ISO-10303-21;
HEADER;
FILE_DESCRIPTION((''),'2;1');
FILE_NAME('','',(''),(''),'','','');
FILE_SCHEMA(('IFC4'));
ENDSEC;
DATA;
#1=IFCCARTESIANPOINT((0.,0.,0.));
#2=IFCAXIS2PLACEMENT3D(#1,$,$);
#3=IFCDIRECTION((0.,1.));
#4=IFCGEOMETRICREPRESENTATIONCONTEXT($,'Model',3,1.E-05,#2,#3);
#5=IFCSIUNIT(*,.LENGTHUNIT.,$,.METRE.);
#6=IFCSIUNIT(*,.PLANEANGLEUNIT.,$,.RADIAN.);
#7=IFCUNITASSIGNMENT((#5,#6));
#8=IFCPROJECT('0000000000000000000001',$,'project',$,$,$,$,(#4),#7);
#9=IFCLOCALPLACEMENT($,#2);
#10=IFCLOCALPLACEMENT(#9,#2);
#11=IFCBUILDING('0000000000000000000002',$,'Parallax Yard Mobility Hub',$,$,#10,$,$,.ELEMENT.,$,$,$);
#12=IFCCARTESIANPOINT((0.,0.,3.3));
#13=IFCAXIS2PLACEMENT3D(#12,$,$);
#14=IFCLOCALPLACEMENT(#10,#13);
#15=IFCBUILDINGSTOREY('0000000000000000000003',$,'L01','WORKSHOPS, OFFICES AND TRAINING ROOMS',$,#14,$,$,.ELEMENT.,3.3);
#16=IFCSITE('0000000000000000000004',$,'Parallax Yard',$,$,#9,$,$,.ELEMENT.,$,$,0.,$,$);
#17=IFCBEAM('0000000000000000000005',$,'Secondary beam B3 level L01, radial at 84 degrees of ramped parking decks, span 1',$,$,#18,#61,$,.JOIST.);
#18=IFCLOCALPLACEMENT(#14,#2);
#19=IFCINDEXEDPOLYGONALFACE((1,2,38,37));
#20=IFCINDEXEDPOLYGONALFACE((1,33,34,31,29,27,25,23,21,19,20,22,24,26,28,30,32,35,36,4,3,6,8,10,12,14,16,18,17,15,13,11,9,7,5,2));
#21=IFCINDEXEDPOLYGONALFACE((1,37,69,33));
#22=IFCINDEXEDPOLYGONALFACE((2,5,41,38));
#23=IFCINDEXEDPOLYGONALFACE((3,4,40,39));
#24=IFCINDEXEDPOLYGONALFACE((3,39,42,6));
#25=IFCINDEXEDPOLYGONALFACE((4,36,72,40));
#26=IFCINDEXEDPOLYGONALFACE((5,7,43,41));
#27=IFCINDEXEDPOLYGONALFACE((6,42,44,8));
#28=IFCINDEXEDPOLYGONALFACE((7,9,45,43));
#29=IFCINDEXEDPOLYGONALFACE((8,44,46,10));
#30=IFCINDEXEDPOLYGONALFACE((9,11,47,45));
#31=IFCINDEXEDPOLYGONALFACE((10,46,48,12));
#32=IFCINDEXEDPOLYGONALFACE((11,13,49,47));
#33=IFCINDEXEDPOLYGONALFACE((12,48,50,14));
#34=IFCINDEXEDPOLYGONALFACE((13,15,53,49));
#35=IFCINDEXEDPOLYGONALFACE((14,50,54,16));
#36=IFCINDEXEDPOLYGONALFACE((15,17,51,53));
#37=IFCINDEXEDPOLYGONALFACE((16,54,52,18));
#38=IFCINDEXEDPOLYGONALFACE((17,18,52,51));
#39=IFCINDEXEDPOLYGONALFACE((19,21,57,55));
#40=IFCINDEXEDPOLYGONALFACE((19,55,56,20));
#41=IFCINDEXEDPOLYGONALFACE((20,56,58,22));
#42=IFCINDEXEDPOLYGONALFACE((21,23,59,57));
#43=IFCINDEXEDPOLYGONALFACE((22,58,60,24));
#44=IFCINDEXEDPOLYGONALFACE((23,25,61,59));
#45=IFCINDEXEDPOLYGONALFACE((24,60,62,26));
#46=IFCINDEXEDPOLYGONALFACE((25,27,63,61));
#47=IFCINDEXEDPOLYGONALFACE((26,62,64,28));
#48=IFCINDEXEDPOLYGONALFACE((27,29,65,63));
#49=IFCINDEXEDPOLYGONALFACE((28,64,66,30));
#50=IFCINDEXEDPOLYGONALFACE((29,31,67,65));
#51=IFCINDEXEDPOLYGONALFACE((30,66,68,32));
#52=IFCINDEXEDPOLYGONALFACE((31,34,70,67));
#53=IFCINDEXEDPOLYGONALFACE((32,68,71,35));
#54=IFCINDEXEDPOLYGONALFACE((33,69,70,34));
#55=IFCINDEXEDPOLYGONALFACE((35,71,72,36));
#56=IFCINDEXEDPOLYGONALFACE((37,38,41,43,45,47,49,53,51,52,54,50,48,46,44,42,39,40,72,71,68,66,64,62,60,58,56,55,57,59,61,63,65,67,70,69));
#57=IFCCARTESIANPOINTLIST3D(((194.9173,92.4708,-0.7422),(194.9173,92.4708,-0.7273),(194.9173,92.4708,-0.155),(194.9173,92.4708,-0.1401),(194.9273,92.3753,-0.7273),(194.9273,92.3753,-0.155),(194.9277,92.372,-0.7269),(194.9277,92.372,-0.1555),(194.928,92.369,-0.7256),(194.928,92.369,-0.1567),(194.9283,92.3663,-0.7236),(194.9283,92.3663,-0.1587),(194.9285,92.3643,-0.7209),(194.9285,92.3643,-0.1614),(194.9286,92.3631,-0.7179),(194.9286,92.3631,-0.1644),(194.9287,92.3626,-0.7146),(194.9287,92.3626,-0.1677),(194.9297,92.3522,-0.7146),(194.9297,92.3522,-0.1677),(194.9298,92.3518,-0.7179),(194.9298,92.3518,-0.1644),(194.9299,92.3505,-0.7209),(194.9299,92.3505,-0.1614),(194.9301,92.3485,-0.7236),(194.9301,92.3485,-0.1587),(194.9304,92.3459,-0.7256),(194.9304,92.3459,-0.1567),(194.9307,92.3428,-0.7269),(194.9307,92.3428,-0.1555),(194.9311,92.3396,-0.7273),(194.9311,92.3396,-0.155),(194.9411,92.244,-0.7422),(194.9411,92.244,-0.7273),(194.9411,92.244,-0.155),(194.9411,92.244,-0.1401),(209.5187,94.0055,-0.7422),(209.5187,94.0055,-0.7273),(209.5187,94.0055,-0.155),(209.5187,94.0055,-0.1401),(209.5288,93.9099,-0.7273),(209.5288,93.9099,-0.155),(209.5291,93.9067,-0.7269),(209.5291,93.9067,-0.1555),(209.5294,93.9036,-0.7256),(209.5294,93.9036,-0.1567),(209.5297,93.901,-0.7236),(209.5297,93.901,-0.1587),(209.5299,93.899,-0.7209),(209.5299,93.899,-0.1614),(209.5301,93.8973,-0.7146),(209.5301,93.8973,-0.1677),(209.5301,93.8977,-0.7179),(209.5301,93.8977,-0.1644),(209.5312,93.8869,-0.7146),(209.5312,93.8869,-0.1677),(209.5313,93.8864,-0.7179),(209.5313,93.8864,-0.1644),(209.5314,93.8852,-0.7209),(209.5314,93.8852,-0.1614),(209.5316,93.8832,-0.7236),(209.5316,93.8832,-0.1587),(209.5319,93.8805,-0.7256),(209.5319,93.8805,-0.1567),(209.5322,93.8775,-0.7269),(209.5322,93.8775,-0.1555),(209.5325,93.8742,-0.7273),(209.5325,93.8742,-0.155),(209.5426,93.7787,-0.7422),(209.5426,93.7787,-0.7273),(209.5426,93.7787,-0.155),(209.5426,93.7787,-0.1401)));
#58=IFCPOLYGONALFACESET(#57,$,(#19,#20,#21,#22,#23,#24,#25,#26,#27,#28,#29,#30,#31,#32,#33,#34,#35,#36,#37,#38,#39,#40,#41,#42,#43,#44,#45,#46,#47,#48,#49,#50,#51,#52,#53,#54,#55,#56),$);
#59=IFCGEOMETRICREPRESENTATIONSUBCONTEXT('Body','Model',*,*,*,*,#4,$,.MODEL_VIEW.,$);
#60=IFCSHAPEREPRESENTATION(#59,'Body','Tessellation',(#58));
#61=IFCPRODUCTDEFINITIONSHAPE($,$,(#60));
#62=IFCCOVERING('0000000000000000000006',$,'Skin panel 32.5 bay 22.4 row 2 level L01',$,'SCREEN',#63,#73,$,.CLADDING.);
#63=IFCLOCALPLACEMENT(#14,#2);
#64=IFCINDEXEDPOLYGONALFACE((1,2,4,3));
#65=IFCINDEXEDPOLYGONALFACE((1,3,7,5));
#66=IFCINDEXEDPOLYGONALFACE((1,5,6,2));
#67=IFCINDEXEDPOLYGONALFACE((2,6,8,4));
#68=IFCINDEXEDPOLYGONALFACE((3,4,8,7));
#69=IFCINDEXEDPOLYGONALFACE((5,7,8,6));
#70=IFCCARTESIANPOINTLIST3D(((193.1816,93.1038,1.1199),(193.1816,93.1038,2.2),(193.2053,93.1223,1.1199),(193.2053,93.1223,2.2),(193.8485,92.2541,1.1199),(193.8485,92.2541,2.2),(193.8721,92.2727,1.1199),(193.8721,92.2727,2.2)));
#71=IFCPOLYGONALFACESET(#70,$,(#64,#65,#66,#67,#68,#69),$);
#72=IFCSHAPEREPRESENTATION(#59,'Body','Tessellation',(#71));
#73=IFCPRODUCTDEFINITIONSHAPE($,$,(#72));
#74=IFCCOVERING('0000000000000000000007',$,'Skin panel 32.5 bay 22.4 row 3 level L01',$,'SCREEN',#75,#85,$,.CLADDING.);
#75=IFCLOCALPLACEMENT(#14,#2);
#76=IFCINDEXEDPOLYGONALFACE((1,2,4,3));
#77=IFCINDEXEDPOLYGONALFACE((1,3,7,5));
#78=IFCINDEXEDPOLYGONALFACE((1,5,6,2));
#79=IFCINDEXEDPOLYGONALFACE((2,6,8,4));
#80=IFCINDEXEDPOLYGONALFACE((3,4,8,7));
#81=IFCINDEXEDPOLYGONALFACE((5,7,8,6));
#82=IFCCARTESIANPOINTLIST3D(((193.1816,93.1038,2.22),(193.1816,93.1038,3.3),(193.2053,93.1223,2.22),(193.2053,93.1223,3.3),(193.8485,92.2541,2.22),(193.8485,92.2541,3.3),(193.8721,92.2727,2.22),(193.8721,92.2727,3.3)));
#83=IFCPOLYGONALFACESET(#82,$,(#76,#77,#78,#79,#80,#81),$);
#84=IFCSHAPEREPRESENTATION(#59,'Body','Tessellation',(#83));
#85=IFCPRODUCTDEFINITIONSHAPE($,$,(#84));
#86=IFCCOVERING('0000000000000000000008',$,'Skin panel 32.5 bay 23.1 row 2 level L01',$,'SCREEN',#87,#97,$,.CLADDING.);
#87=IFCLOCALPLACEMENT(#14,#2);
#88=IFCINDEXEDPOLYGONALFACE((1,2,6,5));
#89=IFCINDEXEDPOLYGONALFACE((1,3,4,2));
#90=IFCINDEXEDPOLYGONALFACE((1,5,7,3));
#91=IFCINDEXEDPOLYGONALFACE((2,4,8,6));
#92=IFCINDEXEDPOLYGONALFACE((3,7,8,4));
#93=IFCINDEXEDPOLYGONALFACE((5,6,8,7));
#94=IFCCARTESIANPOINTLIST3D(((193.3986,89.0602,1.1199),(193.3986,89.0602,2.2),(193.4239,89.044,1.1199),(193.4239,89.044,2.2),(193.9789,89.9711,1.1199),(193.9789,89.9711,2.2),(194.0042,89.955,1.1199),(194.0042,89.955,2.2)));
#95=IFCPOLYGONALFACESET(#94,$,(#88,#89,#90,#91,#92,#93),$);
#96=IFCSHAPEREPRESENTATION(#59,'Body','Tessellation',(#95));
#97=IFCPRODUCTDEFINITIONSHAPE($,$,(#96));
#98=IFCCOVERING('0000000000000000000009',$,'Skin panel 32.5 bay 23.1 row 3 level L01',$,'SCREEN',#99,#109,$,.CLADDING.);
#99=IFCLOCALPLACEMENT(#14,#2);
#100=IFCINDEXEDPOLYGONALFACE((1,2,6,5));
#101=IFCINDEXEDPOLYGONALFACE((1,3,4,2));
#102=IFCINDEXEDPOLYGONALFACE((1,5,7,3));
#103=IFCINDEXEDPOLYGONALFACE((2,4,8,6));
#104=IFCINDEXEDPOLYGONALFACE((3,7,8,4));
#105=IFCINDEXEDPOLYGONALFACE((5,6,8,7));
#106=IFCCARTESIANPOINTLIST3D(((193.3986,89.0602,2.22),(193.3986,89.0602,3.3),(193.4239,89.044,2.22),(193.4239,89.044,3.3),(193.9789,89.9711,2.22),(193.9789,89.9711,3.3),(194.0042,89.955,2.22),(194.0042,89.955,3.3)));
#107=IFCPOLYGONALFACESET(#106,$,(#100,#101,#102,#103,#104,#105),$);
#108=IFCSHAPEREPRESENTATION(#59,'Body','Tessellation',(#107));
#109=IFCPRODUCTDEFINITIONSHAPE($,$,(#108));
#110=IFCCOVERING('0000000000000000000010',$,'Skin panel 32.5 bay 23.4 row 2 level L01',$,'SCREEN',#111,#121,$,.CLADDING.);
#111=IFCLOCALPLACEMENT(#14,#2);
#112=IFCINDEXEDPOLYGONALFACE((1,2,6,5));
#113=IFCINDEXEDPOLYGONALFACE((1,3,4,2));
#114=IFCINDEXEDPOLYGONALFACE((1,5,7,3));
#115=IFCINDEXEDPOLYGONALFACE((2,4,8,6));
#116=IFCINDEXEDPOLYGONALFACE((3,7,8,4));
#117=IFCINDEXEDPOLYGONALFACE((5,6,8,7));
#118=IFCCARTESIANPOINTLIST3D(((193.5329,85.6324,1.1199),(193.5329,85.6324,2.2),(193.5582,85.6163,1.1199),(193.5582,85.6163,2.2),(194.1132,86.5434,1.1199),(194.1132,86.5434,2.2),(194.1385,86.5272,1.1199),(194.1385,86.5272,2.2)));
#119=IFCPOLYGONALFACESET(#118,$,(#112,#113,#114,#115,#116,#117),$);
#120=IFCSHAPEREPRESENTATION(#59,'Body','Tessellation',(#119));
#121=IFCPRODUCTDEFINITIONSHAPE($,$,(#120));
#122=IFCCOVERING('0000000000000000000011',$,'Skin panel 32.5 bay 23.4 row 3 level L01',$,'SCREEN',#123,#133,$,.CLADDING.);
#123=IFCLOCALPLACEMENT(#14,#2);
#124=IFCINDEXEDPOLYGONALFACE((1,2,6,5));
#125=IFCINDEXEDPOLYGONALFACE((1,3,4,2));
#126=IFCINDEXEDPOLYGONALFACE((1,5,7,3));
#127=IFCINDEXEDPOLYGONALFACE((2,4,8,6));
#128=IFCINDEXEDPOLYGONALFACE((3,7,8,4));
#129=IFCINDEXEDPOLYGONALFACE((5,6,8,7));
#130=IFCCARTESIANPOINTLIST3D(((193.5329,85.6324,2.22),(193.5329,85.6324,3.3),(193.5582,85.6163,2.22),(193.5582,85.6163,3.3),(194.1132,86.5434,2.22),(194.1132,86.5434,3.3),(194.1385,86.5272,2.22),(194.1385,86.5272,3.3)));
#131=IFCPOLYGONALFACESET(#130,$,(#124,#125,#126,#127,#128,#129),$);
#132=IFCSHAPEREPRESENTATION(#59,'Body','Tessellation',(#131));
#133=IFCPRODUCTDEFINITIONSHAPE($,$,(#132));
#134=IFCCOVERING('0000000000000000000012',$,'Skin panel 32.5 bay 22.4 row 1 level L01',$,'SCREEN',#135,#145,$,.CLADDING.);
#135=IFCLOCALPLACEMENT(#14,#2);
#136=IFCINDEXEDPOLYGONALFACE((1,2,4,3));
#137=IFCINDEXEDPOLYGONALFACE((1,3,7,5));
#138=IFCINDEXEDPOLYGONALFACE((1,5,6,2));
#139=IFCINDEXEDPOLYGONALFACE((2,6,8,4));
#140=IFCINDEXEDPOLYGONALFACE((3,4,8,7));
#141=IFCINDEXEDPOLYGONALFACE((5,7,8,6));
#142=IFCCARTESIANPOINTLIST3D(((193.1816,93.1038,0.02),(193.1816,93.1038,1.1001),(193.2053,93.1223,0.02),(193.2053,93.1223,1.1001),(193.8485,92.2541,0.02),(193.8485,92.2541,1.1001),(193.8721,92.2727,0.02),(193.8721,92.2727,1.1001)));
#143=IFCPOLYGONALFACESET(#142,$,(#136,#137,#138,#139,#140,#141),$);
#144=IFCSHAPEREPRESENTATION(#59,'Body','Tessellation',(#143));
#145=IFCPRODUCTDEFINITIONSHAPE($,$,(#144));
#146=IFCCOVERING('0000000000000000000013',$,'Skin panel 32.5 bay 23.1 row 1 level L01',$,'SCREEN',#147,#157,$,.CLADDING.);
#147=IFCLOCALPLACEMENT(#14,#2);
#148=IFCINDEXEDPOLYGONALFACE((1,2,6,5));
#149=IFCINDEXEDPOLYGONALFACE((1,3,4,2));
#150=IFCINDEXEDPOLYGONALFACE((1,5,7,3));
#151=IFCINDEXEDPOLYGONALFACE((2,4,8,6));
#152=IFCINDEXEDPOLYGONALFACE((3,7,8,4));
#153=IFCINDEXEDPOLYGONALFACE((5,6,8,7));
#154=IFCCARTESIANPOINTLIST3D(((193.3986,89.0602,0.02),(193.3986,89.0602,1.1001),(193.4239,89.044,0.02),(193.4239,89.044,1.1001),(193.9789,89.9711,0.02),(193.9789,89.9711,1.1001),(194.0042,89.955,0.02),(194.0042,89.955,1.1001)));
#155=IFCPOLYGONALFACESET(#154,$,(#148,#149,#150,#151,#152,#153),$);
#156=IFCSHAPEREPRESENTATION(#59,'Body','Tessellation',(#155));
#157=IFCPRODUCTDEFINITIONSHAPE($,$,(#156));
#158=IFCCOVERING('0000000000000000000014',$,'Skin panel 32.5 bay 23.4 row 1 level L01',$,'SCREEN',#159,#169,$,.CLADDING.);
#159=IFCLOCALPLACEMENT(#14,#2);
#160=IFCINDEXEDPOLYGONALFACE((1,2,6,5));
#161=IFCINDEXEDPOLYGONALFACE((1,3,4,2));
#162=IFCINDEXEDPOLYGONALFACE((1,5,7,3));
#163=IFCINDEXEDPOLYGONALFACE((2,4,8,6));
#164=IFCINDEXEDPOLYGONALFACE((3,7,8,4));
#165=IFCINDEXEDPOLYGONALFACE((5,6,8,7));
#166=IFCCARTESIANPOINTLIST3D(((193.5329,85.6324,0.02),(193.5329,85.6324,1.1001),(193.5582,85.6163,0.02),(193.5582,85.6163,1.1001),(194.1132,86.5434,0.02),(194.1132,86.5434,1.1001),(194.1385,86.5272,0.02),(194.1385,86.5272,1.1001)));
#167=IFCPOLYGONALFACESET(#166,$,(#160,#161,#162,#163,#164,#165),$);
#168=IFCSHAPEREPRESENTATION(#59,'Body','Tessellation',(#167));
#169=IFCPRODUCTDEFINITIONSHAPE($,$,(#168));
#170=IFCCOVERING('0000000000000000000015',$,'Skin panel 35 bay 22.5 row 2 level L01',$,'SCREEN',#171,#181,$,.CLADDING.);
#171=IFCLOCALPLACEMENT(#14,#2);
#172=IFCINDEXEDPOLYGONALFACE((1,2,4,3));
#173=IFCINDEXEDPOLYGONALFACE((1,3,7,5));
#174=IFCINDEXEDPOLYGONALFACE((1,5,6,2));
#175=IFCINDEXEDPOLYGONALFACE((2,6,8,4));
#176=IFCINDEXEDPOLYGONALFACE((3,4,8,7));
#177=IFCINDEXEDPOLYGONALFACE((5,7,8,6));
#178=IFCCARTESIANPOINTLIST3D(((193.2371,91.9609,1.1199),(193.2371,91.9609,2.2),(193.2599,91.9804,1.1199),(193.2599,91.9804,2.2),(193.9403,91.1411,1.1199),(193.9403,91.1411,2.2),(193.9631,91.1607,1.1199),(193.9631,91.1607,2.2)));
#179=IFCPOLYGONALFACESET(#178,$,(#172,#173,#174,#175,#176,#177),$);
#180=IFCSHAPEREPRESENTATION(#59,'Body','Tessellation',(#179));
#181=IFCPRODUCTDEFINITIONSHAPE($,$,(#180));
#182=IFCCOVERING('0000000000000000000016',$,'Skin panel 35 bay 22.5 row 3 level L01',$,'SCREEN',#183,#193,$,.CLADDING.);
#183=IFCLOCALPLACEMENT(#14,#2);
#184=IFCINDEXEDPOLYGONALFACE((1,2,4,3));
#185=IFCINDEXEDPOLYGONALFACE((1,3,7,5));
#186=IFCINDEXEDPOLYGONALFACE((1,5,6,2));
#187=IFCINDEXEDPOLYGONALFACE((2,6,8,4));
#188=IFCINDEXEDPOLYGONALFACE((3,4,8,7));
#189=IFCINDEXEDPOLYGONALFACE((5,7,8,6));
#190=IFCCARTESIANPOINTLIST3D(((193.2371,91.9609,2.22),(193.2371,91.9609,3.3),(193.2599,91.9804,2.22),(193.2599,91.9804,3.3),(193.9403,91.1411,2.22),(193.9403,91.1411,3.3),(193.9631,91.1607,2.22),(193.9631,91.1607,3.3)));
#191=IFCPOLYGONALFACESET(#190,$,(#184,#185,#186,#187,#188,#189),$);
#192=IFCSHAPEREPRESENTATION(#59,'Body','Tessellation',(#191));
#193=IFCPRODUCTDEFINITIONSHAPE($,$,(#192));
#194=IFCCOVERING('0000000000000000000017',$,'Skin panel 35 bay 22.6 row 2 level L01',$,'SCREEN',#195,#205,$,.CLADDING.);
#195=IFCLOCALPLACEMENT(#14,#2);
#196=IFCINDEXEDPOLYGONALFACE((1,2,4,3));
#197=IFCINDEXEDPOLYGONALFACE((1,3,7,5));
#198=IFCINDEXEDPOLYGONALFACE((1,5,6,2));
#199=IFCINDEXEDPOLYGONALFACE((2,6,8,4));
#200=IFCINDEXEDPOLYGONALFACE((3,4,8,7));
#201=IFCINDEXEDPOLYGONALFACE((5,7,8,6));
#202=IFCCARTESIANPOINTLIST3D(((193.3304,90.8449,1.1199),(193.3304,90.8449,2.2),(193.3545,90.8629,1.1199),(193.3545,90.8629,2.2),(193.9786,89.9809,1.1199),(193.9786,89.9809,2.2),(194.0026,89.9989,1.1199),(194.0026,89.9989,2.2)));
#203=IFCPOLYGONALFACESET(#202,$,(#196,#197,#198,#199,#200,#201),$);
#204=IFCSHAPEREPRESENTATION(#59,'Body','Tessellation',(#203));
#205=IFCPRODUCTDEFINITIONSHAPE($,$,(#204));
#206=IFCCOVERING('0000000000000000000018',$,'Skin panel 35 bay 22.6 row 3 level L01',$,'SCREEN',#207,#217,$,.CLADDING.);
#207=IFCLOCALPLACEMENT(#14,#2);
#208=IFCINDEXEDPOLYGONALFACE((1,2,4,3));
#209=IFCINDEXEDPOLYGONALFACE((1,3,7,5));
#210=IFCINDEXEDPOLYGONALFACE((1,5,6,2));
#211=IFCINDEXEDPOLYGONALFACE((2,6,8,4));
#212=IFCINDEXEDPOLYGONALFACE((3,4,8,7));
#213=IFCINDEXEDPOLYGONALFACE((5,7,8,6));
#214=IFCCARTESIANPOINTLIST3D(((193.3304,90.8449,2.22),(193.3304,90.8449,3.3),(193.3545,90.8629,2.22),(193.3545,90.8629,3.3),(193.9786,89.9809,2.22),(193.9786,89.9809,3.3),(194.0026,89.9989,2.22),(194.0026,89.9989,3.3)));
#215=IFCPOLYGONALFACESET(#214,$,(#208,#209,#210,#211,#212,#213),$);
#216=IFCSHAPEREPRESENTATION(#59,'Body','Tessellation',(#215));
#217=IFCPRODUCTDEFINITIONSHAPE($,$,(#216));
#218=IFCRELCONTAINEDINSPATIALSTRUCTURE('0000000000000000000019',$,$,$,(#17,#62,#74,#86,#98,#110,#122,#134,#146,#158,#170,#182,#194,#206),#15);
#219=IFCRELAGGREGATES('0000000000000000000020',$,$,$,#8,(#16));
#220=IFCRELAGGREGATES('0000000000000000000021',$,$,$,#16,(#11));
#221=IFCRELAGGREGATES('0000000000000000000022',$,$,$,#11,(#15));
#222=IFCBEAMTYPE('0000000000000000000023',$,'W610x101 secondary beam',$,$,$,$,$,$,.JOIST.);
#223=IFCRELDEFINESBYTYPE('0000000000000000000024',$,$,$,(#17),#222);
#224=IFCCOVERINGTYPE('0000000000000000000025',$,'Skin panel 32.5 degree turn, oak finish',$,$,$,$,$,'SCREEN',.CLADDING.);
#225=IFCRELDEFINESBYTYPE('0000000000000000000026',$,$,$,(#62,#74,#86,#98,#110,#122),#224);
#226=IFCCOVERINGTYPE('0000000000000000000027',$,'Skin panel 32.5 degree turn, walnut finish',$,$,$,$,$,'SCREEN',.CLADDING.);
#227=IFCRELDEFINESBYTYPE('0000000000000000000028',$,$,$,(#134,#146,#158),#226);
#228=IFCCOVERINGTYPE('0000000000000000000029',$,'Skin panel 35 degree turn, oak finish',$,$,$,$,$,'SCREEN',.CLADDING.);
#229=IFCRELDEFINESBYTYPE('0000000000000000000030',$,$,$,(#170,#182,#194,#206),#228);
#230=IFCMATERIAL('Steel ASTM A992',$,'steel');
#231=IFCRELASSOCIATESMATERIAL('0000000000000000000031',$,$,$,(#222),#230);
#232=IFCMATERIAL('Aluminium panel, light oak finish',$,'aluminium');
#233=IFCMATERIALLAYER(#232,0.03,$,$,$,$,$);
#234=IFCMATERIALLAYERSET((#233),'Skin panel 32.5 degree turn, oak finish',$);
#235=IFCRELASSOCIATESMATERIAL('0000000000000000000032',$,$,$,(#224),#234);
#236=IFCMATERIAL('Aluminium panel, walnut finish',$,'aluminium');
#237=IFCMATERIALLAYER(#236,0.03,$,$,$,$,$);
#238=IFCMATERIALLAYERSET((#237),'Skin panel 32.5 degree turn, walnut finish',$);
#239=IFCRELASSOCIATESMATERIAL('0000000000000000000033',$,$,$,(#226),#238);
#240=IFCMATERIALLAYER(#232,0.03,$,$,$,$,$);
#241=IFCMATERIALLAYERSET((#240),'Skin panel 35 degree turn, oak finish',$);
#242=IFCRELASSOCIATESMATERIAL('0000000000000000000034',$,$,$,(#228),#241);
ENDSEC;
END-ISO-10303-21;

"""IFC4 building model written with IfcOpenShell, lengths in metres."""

from ifc_helpers import new_model, si_unit, direction, frame, origin, origin_2d, place, context, subcontext, project, spatial, rectangle, i_section, extrude, material, layer, layer_set, material_profile, profile_set, type_object, element, save


model = new_model("IFC4")

# Units and contexts
model_context = context("Model", 3, precision=1e-05, world=origin(), true_north=direction((0.0, 1.0)))
body_context = subcontext(model_context, "Body", "Model", "MODEL_VIEW")
ifc_project = project(units=[si_unit("LENGTHUNIT", "METRE"), si_unit("PLANEANGLEUNIT", "RADIAN")], contexts=[model_context])

# Site, building, storey
site_placement = place(None, origin())
site = spatial("IfcSite", under=ifc_project, at=site_placement, Name="Parallax Yard", CompositionType="ELEMENT", RefElevation=0.0)
building_placement = place(site_placement, origin())
building = spatial("IfcBuilding", under=site, at=building_placement, Name="Parallax Yard Mobility Hub", CompositionType="ELEMENT")
storey_placement = place(building_placement, frame((0.0, 0.0, 3.3)))
storey = spatial("IfcBuildingStorey", under=building, at=storey_placement, Name="L01", Description="WORKSHOPS, OFFICES AND TRAINING ROOMS", CompositionType="ELEMENT", Elevation=3.3)

# Beam
ifc_material_1 = material(Name="Steel ASTM A992", Category="steel")
ifc_material_profile_1 = material_profile(ifc_material_1, i_section(OverallWidth=0.228, OverallDepth=0.6021, WebThickness=0.0105, FlangeThickness=0.0149, FilletRadius=0.0127, at=origin_2d()), Name="W610x101")
ifc_profile_set_1 = profile_set([ifc_material_profile_1], Name="Steel ASTM A992")
beam_type = type_object("IfcBeamType", Name="W610x101 secondary beam", PredefinedType="JOIST", material=ifc_profile_set_1)
beam_placement = place(storey_placement, frame((194.9292, 92.3574, -0.4412), z_axis=(0.994522, 0.104527, 0.0), x_axis=(-0.104527, 0.994522, 0.0)))
element("IfcBeam", 1, at=beam_placement, inside=storey, type_object=beam_type, Name="Secondary beam B3 level L01, radial at 84 degrees of ramped parking decks, span 1", PredefinedType="JOIST", context=body_context, shape_type="SweptSolid", body=[
    extrude(i_section(OverallWidth=0.228, OverallDepth=0.6021, WebThickness=0.0105, FlangeThickness=0.0149, FilletRadius=0.0127, at=origin_2d()), origin(), (0.0, 0.0, 1.0), 14.6819),
])

# Coverings
ifc_material_2 = material(Name="Aluminium panel, light oak finish", Category="aluminium")
ifc_layer_1 = layer(ifc_material_2, 0.03)
ifc_layer_set_1 = layer_set([ifc_layer_1], Name="Skin panel 32.5 degree turn, oak finish")
covering_type_1 = type_object("IfcCoveringType", Name="Skin panel 32.5 degree turn, oak finish", ElementType="SCREEN", PredefinedType="CLADDING", material=ifc_layer_set_1)
for number, where, z_axis, x_axis, name in (
    (2, (193.5269, 92.6882, 1.1199), (0.0, 0.0, 1.0), (-0.617379, 0.786666, 0.0), "Skin panel 32.5 bay 22.4 row 2 level L01"),
    (3, (193.5269, 92.6882, 2.22), (0.0, 0.0, 1.0), (-0.617379, 0.786666, 0.0), "Skin panel 32.5 bay 22.4 row 3 level L01"),
    (4, (193.7014, 89.5076, 1.1199), (0.0, 0.0, 1.0), (-0.5373, -0.843391, 0.0), "Skin panel 32.5 bay 23.1 row 2 level L01"),
    (5, (193.7014, 89.5076, 2.22), (0.0, 0.0, 1.0), (-0.5373, -0.843391, 0.0), "Skin panel 32.5 bay 23.1 row 3 level L01"),
    (6, (193.8357, 86.0798, 1.1199), (0.0, 0.0, 1.0), (-0.5373, -0.843391, 0.0), "Skin panel 32.5 bay 23.4 row 2 level L01"),
    (7, (193.8357, 86.0798, 2.22), (0.0, 0.0, 1.0), (-0.5373, -0.843391, 0.0), "Skin panel 32.5 bay 23.4 row 3 level L01"),
):
    element("IfcCovering", number, at=place(storey_placement, frame(where, z_axis=z_axis, x_axis=x_axis)), inside=storey, type_object=covering_type_1, Name=name, ObjectType="SCREEN", PredefinedType="CLADDING", context=body_context, shape_type="SweptSolid", body=[
        extrude(rectangle(XDim=1.0801, YDim=0.03, at=origin_2d()), origin(), (0.0, 0.0, 1.0), 1.0801),
    ])
ifc_material_3 = material(Name="Aluminium panel, walnut finish", Category="aluminium")
ifc_layer_2 = layer(ifc_material_3, 0.03)
ifc_layer_set_2 = layer_set([ifc_layer_2], Name="Skin panel 32.5 degree turn, walnut finish")
covering_type_2 = type_object("IfcCoveringType", Name="Skin panel 32.5 degree turn, walnut finish", ElementType="SCREEN", PredefinedType="CLADDING", material=ifc_layer_set_2)
for number, where, z_axis, x_axis, name in (
    (8, (193.5269, 92.6882, 0.02), (0.0, 0.0, 1.0), (-0.617379, 0.786666, 0.0), "Skin panel 32.5 bay 22.4 row 1 level L01"),
    (9, (193.7014, 89.5076, 0.02), (0.0, 0.0, 1.0), (-0.5373, -0.843391, 0.0), "Skin panel 32.5 bay 23.1 row 1 level L01"),
    (10, (193.8357, 86.0798, 0.02), (0.0, 0.0, 1.0), (-0.5373, -0.843391, 0.0), "Skin panel 32.5 bay 23.4 row 1 level L01"),
):
    element("IfcCovering", number, at=place(storey_placement, frame(where, z_axis=z_axis, x_axis=x_axis)), inside=storey, type_object=covering_type_2, Name=name, ObjectType="SCREEN", PredefinedType="CLADDING", context=body_context, shape_type="SweptSolid", body=[
        extrude(rectangle(XDim=1.0801, YDim=0.03, at=origin_2d()), origin(), (0.0, 0.0, 1.0), 1.0801),
    ])
ifc_layer_3 = layer(ifc_material_2, 0.03)
ifc_layer_set_3 = layer_set([ifc_layer_3], Name="Skin panel 35 degree turn, oak finish")
covering_type_3 = type_object("IfcCoveringType", Name="Skin panel 35 degree turn, oak finish", ElementType="SCREEN", PredefinedType="CLADDING", material=ifc_layer_set_3)
for number, where, z_axis, x_axis, name in (
    (11, (193.6001, 91.5608, 1.1199), (0.0, 0.0, 1.0), (-0.651105, 0.758987, 0.0), "Skin panel 35 bay 22.5 row 2 level L01"),
    (12, (193.6001, 91.5608, 2.22), (0.0, 0.0, 1.0), (-0.651105, 0.758987, 0.0), "Skin panel 35 bay 22.5 row 3 level L01"),
    (13, (193.6665, 90.4219, 1.1199), (0.0, 0.0, 1.0), (-0.600071, 0.799947, 0.0), "Skin panel 35 bay 22.6 row 2 level L01"),
    (14, (193.6665, 90.4219, 2.22), (0.0, 0.0, 1.0), (-0.600071, 0.799947, 0.0), "Skin panel 35 bay 22.6 row 3 level L01"),
):
    element("IfcCovering", number, at=place(storey_placement, frame(where, z_axis=z_axis, x_axis=x_axis)), inside=storey, type_object=covering_type_3, Name=name, ObjectType="SCREEN", PredefinedType="CLADDING", context=body_context, shape_type="SweptSolid", body=[
        extrude(rectangle(XDim=1.0801, YDim=0.03, at=origin_2d()), origin(), (0.0, 0.0, 1.0), 1.0801),
    ])

save(model, "model.ifc")
